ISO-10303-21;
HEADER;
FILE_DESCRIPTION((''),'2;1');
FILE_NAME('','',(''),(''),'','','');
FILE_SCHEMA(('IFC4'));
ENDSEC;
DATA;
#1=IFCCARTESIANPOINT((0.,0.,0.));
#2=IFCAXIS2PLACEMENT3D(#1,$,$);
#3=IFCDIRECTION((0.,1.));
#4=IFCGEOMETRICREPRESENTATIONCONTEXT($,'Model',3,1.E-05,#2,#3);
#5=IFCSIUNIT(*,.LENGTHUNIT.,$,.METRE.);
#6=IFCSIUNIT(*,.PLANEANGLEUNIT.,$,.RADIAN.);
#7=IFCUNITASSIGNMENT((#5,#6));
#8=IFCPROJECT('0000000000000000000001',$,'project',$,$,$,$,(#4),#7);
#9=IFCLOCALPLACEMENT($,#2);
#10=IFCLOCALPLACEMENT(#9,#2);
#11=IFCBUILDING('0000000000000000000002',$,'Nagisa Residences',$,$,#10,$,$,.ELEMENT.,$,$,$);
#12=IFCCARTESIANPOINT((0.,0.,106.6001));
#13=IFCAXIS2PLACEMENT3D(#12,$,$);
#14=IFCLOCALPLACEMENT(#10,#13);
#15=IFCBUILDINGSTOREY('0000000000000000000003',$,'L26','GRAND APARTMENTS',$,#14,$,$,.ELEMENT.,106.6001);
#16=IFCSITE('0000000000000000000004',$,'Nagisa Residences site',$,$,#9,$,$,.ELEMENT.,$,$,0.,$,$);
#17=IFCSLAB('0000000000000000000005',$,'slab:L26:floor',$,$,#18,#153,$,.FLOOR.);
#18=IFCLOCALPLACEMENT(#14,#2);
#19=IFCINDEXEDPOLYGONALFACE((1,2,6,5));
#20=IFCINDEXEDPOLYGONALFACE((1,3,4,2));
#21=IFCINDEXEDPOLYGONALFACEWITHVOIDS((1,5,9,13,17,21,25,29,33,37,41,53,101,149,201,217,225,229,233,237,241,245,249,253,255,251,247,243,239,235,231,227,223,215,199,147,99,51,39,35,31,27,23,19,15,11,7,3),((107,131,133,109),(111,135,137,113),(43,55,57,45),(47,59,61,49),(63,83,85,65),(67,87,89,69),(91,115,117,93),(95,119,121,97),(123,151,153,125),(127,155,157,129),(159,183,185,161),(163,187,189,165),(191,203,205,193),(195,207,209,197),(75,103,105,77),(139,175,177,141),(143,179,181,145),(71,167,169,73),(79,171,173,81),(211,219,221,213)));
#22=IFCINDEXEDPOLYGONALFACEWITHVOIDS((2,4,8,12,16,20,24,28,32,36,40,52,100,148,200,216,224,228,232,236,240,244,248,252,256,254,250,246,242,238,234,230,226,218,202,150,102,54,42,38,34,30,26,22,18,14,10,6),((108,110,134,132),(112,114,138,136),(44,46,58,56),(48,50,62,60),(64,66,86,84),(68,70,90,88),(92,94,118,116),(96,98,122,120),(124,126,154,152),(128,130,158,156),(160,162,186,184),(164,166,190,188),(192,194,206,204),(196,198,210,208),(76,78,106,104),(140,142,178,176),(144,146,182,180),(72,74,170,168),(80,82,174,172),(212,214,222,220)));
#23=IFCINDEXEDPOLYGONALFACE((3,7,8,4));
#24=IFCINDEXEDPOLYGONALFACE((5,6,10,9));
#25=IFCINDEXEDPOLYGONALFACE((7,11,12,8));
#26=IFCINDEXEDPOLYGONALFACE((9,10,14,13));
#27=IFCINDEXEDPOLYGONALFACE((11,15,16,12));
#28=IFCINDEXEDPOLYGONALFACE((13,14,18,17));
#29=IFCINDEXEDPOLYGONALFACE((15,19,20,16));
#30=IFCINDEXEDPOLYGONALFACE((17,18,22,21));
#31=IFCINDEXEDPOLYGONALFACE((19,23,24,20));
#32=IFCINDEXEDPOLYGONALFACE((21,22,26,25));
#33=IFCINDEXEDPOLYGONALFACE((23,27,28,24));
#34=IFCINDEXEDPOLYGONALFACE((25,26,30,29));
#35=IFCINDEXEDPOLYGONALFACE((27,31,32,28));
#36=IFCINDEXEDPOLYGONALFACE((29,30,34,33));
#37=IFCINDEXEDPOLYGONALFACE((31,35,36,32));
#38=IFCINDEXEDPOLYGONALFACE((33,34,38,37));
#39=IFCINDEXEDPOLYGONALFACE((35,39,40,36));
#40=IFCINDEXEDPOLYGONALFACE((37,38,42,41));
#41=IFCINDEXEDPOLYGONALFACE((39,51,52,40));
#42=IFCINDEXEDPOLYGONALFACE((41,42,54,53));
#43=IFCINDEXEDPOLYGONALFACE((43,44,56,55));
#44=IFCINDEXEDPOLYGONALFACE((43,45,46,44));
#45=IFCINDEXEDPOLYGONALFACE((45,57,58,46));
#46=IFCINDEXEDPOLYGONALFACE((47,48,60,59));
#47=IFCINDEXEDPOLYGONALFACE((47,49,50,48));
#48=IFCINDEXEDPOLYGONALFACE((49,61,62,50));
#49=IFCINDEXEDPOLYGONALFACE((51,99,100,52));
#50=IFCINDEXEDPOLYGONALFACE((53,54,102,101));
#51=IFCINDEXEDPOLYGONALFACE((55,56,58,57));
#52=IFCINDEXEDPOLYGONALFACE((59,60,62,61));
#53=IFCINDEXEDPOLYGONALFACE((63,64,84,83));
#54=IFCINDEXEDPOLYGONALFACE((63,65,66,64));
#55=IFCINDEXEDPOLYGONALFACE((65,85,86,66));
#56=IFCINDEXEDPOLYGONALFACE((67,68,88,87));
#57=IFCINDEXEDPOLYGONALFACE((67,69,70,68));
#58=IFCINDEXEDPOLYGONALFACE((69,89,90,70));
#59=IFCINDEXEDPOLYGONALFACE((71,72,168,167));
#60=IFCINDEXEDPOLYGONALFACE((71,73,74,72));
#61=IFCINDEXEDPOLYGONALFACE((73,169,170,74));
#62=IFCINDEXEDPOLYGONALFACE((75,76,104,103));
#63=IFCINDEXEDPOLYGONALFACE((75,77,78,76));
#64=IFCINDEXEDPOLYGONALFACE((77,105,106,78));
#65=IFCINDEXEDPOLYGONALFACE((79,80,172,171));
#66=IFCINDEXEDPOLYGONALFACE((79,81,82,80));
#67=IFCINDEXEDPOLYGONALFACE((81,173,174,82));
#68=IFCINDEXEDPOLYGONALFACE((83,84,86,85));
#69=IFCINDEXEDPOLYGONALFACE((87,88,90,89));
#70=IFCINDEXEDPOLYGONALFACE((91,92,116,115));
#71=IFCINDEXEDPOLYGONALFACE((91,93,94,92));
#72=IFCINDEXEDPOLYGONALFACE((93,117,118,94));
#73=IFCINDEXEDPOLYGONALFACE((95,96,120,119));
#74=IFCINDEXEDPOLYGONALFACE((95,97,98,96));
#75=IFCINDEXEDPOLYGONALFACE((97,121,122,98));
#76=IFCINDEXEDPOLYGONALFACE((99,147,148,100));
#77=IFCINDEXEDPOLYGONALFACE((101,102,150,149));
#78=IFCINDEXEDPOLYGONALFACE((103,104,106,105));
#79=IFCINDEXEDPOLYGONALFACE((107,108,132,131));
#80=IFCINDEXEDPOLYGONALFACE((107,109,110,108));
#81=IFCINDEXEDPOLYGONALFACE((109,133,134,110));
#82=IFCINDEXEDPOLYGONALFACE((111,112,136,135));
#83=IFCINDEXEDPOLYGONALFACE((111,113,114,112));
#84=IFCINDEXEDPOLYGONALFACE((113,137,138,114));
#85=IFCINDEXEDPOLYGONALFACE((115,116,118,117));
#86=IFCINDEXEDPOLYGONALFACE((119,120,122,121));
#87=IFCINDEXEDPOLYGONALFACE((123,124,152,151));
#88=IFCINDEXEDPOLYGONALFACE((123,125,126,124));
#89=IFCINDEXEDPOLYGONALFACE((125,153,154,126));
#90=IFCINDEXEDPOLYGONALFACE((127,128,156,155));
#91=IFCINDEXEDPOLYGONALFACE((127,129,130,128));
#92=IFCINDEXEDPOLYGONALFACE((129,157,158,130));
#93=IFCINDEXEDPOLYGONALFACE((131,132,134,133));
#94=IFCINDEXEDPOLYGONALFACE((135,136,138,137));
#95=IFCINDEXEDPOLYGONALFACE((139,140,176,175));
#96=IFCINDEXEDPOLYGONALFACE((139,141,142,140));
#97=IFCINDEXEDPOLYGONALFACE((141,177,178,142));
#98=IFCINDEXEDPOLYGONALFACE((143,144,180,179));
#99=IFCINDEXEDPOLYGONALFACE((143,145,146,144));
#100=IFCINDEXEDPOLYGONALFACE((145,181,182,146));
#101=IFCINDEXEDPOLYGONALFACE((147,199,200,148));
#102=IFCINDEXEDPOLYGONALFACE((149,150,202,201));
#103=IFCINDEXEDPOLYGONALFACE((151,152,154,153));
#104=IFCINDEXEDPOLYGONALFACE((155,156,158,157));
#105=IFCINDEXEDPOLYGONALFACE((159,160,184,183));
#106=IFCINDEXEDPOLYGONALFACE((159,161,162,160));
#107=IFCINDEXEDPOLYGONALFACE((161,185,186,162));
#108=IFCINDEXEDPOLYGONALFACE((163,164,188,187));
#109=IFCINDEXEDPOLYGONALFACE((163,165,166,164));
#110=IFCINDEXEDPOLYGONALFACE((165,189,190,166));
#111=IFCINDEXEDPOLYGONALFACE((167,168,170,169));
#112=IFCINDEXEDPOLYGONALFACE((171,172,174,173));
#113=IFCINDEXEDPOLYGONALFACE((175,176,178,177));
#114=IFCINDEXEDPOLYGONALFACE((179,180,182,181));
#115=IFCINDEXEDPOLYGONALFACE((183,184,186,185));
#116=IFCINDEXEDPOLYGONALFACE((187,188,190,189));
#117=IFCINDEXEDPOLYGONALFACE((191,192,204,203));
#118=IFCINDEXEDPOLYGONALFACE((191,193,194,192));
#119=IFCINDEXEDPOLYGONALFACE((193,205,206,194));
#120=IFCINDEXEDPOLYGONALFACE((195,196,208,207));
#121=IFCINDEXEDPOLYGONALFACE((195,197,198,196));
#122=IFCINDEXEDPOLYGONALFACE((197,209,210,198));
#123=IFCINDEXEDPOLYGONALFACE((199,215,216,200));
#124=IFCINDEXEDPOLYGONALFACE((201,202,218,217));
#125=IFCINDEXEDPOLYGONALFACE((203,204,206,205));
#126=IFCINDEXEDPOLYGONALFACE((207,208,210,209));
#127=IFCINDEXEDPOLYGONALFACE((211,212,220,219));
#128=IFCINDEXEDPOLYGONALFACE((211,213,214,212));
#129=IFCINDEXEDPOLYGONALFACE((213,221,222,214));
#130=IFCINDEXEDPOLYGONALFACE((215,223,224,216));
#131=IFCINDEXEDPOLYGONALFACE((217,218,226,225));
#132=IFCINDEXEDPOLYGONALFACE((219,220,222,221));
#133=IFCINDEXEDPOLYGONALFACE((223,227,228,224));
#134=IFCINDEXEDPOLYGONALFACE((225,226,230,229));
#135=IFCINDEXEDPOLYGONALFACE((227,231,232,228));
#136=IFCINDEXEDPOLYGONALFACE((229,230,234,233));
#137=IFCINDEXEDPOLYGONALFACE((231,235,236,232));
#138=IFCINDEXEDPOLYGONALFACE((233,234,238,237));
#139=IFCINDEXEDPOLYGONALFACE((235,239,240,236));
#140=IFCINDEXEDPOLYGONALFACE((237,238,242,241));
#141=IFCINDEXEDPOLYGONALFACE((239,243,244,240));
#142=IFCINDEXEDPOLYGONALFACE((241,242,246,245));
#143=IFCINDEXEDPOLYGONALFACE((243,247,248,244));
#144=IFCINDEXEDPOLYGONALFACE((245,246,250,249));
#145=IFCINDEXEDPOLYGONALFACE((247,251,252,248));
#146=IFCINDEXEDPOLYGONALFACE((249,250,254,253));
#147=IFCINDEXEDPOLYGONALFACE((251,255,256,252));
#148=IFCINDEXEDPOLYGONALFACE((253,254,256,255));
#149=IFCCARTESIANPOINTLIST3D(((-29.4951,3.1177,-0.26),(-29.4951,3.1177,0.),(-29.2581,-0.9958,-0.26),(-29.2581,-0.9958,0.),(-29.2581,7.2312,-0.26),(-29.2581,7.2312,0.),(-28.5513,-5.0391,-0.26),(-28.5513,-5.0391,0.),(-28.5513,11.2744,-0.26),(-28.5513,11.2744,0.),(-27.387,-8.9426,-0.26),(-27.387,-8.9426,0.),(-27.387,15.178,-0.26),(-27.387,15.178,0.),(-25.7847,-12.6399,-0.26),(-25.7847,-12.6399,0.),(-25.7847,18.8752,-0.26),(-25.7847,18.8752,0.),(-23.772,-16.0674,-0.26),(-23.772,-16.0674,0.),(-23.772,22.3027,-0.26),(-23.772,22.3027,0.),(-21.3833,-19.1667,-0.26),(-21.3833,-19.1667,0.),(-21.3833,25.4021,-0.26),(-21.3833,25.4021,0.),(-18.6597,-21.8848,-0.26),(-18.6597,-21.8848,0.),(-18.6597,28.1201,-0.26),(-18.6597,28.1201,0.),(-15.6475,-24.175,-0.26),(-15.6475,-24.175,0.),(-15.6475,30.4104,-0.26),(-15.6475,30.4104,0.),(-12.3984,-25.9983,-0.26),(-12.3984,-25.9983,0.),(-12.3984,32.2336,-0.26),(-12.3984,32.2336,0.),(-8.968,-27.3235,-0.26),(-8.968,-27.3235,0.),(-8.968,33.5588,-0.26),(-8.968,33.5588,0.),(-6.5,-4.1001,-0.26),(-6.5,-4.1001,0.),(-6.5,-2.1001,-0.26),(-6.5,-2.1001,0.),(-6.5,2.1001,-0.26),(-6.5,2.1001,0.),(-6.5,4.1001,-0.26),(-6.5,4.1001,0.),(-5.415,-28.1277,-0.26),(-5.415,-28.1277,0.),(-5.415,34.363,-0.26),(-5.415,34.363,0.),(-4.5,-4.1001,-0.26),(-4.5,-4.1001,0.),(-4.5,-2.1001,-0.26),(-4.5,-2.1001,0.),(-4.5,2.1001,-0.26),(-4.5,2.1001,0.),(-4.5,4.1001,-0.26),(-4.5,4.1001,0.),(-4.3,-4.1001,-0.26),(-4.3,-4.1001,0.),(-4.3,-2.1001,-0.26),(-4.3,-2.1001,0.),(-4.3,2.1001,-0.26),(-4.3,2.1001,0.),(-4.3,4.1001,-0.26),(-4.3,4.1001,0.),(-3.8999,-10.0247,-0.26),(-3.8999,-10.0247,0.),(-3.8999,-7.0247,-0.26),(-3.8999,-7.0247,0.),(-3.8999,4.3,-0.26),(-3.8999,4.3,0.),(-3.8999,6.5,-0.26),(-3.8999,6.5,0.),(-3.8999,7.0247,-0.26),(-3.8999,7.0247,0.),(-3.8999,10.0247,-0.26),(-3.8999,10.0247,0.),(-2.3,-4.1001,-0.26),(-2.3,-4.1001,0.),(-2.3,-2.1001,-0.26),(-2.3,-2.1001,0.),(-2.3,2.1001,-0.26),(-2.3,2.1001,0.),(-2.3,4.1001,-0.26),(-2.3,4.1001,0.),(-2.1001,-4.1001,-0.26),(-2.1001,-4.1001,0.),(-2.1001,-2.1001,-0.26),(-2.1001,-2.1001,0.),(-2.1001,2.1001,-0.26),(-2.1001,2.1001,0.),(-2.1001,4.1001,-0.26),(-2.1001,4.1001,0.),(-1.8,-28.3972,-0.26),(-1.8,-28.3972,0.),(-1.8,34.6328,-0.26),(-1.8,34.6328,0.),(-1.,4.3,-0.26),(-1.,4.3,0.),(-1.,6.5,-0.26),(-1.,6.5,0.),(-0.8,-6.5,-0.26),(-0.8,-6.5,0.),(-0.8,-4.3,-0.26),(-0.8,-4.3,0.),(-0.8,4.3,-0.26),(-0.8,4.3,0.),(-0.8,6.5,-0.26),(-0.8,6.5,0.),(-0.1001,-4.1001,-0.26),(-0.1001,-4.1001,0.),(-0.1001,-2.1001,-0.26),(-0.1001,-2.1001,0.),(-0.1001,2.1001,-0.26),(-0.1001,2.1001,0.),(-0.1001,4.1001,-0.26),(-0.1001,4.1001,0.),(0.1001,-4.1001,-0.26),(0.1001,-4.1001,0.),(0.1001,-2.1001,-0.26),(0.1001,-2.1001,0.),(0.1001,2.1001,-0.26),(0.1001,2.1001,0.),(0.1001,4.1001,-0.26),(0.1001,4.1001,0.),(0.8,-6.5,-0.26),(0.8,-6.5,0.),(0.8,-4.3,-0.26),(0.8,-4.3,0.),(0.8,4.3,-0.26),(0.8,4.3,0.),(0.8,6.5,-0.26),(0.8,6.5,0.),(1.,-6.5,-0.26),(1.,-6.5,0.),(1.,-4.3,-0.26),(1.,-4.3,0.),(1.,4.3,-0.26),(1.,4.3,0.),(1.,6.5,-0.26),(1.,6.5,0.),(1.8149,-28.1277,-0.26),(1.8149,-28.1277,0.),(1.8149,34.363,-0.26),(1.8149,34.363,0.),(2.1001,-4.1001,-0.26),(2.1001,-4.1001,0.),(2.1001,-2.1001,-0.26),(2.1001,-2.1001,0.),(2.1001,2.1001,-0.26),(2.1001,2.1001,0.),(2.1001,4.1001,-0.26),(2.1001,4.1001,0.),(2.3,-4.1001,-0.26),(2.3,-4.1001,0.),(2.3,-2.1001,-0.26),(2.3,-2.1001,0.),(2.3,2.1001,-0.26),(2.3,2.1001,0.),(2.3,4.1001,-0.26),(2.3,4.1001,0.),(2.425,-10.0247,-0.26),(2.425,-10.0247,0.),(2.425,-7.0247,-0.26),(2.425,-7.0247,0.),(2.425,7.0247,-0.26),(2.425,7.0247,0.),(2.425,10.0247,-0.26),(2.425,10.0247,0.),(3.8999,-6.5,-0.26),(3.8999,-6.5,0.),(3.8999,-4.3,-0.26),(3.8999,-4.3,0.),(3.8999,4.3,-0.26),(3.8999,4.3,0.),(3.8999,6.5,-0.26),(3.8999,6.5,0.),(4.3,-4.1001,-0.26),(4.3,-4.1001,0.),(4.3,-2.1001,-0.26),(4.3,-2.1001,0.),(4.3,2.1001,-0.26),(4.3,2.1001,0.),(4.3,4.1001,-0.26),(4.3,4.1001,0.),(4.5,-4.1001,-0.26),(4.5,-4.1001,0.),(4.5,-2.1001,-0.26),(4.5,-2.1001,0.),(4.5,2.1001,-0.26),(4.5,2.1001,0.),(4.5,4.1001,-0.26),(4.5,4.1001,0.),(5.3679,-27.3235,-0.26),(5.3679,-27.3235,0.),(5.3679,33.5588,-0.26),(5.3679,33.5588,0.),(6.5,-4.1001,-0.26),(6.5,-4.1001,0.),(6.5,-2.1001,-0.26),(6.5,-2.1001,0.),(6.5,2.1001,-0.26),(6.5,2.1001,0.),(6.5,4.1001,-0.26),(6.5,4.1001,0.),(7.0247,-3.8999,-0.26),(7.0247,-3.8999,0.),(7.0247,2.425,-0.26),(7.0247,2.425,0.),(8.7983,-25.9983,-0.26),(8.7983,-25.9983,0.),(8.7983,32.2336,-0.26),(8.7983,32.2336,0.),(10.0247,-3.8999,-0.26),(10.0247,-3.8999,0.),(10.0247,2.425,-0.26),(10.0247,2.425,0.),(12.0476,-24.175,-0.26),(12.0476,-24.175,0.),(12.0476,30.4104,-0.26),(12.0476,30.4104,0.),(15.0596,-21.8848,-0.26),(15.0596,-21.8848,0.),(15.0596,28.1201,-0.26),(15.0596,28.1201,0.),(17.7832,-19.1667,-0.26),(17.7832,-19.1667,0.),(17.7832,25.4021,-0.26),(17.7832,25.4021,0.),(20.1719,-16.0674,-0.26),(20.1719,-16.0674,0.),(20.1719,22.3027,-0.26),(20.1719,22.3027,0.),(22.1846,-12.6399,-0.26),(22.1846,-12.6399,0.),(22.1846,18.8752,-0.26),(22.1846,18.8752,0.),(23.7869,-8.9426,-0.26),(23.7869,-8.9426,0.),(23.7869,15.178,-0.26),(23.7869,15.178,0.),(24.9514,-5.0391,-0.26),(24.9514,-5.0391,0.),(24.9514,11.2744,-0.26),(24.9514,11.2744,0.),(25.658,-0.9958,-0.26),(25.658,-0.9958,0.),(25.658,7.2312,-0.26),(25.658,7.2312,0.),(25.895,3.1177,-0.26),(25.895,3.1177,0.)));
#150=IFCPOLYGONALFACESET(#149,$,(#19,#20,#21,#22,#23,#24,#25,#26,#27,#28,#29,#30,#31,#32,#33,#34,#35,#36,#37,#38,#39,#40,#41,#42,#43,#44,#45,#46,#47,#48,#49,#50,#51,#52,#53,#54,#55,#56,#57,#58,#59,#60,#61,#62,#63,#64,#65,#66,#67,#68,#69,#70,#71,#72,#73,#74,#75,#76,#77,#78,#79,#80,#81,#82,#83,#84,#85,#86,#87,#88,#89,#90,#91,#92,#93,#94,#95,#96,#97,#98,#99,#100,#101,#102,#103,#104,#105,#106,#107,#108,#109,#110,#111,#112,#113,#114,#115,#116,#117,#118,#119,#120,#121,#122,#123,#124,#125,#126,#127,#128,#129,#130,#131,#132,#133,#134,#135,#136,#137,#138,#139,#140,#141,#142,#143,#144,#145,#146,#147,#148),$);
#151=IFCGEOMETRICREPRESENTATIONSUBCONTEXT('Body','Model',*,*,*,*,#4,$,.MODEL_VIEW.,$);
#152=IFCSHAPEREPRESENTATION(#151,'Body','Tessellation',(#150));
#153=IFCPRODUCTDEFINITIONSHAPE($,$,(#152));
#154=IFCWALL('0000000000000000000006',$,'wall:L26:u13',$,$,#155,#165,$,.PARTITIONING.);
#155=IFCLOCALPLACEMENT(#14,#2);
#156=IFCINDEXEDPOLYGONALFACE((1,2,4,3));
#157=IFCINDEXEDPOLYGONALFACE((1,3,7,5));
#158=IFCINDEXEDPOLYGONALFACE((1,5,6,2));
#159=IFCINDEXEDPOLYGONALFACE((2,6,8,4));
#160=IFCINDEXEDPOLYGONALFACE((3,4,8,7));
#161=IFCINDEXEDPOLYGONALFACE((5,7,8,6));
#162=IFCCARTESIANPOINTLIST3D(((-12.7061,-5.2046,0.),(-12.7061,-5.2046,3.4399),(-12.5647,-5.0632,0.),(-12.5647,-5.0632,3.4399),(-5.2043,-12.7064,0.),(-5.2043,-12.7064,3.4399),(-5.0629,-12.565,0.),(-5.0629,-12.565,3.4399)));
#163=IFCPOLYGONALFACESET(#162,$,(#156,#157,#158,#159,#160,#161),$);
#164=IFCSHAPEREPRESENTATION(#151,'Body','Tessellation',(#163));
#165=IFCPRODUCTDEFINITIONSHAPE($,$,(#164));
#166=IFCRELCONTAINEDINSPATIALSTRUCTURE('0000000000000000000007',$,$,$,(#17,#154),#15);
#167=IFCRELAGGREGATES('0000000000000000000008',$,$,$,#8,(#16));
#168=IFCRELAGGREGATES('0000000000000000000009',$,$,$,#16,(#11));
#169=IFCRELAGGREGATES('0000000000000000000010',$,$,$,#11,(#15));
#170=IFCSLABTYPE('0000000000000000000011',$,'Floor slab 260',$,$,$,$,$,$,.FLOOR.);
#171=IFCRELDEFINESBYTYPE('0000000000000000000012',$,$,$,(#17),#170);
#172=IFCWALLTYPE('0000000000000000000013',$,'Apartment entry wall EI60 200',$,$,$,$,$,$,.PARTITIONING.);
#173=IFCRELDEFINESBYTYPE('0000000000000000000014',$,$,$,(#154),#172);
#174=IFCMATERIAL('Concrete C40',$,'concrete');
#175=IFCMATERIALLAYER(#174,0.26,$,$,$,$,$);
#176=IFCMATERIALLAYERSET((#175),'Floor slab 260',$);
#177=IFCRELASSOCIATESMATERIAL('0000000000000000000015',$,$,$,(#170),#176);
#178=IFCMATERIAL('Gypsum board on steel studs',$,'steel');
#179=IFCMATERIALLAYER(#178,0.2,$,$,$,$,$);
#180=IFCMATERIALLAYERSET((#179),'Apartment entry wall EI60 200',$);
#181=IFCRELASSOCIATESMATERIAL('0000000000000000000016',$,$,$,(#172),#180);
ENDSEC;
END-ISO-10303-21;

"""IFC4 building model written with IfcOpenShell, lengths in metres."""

from ifc_helpers import new_model, si_unit, direction, frame, frame_2d, origin, place, context, subcontext, project, spatial, polyline, rectangle, outline, extrude, material, layer, layer_set, type_object, element, save


model = new_model("IFC4")

# Units and contexts
model_context = context("Model", 3, precision=1e-05, world=origin(), true_north=direction((0.0, 1.0)))
body_context = subcontext(model_context, "Body", "Model", "MODEL_VIEW")
ifc_project = project(units=[si_unit("LENGTHUNIT", "METRE"), si_unit("PLANEANGLEUNIT", "RADIAN")], contexts=[model_context])

# Site, building, storey
site_placement = place(None, origin())
site = spatial("IfcSite", under=ifc_project, at=site_placement, Name="Nagisa Residences site", CompositionType="ELEMENT", RefElevation=0.0)
building_placement = place(site_placement, origin())
building = spatial("IfcBuilding", under=site, at=building_placement, Name="Nagisa Residences", CompositionType="ELEMENT")
storey_placement = place(building_placement, frame((0.0, 0.0, 106.6001)))
storey = spatial("IfcBuildingStorey", under=building, at=storey_placement, Name="L26", Description="GRAND APARTMENTS", CompositionType="ELEMENT", Elevation=106.6001)

# Slab
ifc_material_1 = material(Name="Concrete C40", Category="concrete")
ifc_layer_1 = layer(ifc_material_1, 0.26)
ifc_layer_set_1 = layer_set([ifc_layer_1], Name="Floor slab 260")
slab_type_1 = type_object("IfcSlabType", Name="Floor slab 260", PredefinedType="FLOOR", material=ifc_layer_set_1)
slab_1_placement = place(storey_placement, frame((0.0, 0.0, -0.26)))
element("IfcSlab", 1, at=slab_1_placement, inside=storey, type_object=slab_type_1, Name="slab:L26:floor", PredefinedType="FLOOR", context=body_context, shape_type="SweptSolid", body=[
    extrude(outline(polyline([(25.895, 3.1177), (25.658, 7.2312), (24.9514, 11.2744), (23.7869, 15.178), (22.1846, 18.8752), (20.1719, 22.3027), (17.7832, 25.4021), (15.0596, 28.1201), (12.0476, 30.4104), (8.7983, 32.2336), (5.3679, 33.5588), (1.8149, 34.363), (-1.8, 34.6328), (-5.415, 34.363), (-8.968, 33.5588), (-12.3984, 32.2336), (-15.6475, 30.4104), (-18.6597, 28.1201), (-21.3833, 25.4021), (-23.772, 22.3027), (-25.7847, 18.8752), (-27.387, 15.178), (-28.5513, 11.2744), (-29.2581, 7.2312), (-29.4951, 3.1177), (-29.2581, -0.9958), (-28.5513, -5.0391), (-27.387, -8.9426), (-25.7847, -12.6399), (-23.772, -16.0674), (-21.3833, -19.1667), (-18.6597, -21.8848), (-15.6475, -24.175), (-12.3984, -25.9983), (-8.968, -27.3235), (-5.415, -28.1277), (-1.8, -28.3972), (1.8149, -28.1277), (5.3679, -27.3235), (8.7983, -25.9983), (12.0476, -24.175), (15.0596, -21.8848), (17.7832, -19.1667), (20.1719, -16.0674), (22.1846, -12.6399), (23.7869, -8.9426), (24.9514, -5.0391), (25.658, -0.9958), (25.895, 3.1177)]), holes=[polyline([(-4.5, 2.1001), (-4.5, 4.1001), (-6.5, 4.1001), (-6.5, 2.1001), (-4.5, 2.1001)]), polyline([(-2.3, 2.1001), (-2.3, 4.1001), (-4.3, 4.1001), (-4.3, 2.1001), (-2.3, 2.1001)]), polyline([(-0.1001, 2.1001), (-0.1001, 4.1001), (-2.1001, 4.1001), (-2.1001, 2.1001), (-0.1001, 2.1001)]), polyline([(2.1001, 2.1001), (2.1001, 4.1001), (0.1001, 4.1001), (0.1001, 2.1001), (2.1001, 2.1001)]), polyline([(4.3, 2.1001), (4.3, 4.1001), (2.3, 4.1001), (2.3, 2.1001), (4.3, 2.1001)]), polyline([(6.5, 2.1001), (6.5, 4.1001), (4.5, 4.1001), (4.5, 2.1001), (6.5, 2.1001)]), polyline([(-4.5, -4.1001), (-4.5, -2.1001), (-6.5, -2.1001), (-6.5, -4.1001), (-4.5, -4.1001)]), polyline([(-2.3, -4.1001), (-2.3, -2.1001), (-4.3, -2.1001), (-4.3, -4.1001), (-2.3, -4.1001)]), polyline([(-0.1001, -4.1001), (-0.1001, -2.1001), (-2.1001, -2.1001), (-2.1001, -4.1001), (-0.1001, -4.1001)]), polyline([(2.1001, -4.1001), (2.1001, -2.1001), (0.1001, -2.1001), (0.1001, -4.1001), (2.1001, -4.1001)]), polyline([(4.3, -4.1001), (4.3, -2.1001), (2.3, -2.1001), (2.3, -4.1001), (4.3, -4.1001)]), polyline([(6.5, -4.1001), (6.5, -2.1001), (4.5, -2.1001), (4.5, -4.1001), (6.5, -4.1001)]), polyline([(3.8999, 4.3), (3.8999, 6.5), (1.0, 6.5), (1.0, 4.3), (3.8999, 4.3)]), polyline([(3.8999, -6.5), (3.8999, -4.3), (1.0, -4.3), (1.0, -6.5), (3.8999, -6.5)]), polyline([(-1.0, 4.3), (-1.0, 6.5), (-3.8999, 6.5), (-3.8999, 4.3), (-1.0, 4.3)]), polyline([(0.8, 4.3), (0.8, 6.5), (-0.8, 6.5), (-0.8, 4.3), (0.8, 4.3)]), polyline([(0.8, -6.5), (0.8, -4.3), (-0.8, -4.3), (-0.8, -6.5), (0.8, -6.5)]), polyline([(10.0247, -3.8999), (7.0247, -3.8999), (7.0247, 2.425), (10.0247, 2.425), (10.0247, -3.8999)]), polyline([(-3.8999, 7.0247), (-3.8999, 10.0247), (2.425, 10.0247), (2.425, 7.0247), (-3.8999, 7.0247)]), polyline([(-3.8999, -10.0247), (-3.8999, -7.0247), (2.425, -7.0247), (2.425, -10.0247), (-3.8999, -10.0247)])]), origin(), (0.0, 0.0, 1.0), 0.26),
])

# Wall
ifc_material_2 = material(Name="Gypsum board on steel studs", Category="steel")
ifc_layer_2 = layer(ifc_material_2, 0.2)
ifc_layer_set_2 = layer_set([ifc_layer_2], Name="Apartment entry wall EI60 200")
wall_type_1 = type_object("IfcWallType", Name="Apartment entry wall EI60 200", PredefinedType="PARTITIONING", material=ifc_layer_set_2)
wall_1_placement = place(storey_placement, frame((-12.6355, -5.1338, 0.0), z_axis=(0.0, 0.0, 1.0), x_axis=(0.707107, -0.707107, 0.0)))
element("IfcWall", 2, at=wall_1_placement, inside=storey, type_object=wall_type_1, Name="wall:L26:u13", PredefinedType="PARTITIONING", context=body_context, shape_type="SweptSolid", body=[
    extrude(rectangle(XDim=10.6091, YDim=0.2, at=frame_2d((5.3047, 0.0))), origin(), (0.0, 0.0, 1.0), 3.4399),
])

save(model, "model.ifc")
